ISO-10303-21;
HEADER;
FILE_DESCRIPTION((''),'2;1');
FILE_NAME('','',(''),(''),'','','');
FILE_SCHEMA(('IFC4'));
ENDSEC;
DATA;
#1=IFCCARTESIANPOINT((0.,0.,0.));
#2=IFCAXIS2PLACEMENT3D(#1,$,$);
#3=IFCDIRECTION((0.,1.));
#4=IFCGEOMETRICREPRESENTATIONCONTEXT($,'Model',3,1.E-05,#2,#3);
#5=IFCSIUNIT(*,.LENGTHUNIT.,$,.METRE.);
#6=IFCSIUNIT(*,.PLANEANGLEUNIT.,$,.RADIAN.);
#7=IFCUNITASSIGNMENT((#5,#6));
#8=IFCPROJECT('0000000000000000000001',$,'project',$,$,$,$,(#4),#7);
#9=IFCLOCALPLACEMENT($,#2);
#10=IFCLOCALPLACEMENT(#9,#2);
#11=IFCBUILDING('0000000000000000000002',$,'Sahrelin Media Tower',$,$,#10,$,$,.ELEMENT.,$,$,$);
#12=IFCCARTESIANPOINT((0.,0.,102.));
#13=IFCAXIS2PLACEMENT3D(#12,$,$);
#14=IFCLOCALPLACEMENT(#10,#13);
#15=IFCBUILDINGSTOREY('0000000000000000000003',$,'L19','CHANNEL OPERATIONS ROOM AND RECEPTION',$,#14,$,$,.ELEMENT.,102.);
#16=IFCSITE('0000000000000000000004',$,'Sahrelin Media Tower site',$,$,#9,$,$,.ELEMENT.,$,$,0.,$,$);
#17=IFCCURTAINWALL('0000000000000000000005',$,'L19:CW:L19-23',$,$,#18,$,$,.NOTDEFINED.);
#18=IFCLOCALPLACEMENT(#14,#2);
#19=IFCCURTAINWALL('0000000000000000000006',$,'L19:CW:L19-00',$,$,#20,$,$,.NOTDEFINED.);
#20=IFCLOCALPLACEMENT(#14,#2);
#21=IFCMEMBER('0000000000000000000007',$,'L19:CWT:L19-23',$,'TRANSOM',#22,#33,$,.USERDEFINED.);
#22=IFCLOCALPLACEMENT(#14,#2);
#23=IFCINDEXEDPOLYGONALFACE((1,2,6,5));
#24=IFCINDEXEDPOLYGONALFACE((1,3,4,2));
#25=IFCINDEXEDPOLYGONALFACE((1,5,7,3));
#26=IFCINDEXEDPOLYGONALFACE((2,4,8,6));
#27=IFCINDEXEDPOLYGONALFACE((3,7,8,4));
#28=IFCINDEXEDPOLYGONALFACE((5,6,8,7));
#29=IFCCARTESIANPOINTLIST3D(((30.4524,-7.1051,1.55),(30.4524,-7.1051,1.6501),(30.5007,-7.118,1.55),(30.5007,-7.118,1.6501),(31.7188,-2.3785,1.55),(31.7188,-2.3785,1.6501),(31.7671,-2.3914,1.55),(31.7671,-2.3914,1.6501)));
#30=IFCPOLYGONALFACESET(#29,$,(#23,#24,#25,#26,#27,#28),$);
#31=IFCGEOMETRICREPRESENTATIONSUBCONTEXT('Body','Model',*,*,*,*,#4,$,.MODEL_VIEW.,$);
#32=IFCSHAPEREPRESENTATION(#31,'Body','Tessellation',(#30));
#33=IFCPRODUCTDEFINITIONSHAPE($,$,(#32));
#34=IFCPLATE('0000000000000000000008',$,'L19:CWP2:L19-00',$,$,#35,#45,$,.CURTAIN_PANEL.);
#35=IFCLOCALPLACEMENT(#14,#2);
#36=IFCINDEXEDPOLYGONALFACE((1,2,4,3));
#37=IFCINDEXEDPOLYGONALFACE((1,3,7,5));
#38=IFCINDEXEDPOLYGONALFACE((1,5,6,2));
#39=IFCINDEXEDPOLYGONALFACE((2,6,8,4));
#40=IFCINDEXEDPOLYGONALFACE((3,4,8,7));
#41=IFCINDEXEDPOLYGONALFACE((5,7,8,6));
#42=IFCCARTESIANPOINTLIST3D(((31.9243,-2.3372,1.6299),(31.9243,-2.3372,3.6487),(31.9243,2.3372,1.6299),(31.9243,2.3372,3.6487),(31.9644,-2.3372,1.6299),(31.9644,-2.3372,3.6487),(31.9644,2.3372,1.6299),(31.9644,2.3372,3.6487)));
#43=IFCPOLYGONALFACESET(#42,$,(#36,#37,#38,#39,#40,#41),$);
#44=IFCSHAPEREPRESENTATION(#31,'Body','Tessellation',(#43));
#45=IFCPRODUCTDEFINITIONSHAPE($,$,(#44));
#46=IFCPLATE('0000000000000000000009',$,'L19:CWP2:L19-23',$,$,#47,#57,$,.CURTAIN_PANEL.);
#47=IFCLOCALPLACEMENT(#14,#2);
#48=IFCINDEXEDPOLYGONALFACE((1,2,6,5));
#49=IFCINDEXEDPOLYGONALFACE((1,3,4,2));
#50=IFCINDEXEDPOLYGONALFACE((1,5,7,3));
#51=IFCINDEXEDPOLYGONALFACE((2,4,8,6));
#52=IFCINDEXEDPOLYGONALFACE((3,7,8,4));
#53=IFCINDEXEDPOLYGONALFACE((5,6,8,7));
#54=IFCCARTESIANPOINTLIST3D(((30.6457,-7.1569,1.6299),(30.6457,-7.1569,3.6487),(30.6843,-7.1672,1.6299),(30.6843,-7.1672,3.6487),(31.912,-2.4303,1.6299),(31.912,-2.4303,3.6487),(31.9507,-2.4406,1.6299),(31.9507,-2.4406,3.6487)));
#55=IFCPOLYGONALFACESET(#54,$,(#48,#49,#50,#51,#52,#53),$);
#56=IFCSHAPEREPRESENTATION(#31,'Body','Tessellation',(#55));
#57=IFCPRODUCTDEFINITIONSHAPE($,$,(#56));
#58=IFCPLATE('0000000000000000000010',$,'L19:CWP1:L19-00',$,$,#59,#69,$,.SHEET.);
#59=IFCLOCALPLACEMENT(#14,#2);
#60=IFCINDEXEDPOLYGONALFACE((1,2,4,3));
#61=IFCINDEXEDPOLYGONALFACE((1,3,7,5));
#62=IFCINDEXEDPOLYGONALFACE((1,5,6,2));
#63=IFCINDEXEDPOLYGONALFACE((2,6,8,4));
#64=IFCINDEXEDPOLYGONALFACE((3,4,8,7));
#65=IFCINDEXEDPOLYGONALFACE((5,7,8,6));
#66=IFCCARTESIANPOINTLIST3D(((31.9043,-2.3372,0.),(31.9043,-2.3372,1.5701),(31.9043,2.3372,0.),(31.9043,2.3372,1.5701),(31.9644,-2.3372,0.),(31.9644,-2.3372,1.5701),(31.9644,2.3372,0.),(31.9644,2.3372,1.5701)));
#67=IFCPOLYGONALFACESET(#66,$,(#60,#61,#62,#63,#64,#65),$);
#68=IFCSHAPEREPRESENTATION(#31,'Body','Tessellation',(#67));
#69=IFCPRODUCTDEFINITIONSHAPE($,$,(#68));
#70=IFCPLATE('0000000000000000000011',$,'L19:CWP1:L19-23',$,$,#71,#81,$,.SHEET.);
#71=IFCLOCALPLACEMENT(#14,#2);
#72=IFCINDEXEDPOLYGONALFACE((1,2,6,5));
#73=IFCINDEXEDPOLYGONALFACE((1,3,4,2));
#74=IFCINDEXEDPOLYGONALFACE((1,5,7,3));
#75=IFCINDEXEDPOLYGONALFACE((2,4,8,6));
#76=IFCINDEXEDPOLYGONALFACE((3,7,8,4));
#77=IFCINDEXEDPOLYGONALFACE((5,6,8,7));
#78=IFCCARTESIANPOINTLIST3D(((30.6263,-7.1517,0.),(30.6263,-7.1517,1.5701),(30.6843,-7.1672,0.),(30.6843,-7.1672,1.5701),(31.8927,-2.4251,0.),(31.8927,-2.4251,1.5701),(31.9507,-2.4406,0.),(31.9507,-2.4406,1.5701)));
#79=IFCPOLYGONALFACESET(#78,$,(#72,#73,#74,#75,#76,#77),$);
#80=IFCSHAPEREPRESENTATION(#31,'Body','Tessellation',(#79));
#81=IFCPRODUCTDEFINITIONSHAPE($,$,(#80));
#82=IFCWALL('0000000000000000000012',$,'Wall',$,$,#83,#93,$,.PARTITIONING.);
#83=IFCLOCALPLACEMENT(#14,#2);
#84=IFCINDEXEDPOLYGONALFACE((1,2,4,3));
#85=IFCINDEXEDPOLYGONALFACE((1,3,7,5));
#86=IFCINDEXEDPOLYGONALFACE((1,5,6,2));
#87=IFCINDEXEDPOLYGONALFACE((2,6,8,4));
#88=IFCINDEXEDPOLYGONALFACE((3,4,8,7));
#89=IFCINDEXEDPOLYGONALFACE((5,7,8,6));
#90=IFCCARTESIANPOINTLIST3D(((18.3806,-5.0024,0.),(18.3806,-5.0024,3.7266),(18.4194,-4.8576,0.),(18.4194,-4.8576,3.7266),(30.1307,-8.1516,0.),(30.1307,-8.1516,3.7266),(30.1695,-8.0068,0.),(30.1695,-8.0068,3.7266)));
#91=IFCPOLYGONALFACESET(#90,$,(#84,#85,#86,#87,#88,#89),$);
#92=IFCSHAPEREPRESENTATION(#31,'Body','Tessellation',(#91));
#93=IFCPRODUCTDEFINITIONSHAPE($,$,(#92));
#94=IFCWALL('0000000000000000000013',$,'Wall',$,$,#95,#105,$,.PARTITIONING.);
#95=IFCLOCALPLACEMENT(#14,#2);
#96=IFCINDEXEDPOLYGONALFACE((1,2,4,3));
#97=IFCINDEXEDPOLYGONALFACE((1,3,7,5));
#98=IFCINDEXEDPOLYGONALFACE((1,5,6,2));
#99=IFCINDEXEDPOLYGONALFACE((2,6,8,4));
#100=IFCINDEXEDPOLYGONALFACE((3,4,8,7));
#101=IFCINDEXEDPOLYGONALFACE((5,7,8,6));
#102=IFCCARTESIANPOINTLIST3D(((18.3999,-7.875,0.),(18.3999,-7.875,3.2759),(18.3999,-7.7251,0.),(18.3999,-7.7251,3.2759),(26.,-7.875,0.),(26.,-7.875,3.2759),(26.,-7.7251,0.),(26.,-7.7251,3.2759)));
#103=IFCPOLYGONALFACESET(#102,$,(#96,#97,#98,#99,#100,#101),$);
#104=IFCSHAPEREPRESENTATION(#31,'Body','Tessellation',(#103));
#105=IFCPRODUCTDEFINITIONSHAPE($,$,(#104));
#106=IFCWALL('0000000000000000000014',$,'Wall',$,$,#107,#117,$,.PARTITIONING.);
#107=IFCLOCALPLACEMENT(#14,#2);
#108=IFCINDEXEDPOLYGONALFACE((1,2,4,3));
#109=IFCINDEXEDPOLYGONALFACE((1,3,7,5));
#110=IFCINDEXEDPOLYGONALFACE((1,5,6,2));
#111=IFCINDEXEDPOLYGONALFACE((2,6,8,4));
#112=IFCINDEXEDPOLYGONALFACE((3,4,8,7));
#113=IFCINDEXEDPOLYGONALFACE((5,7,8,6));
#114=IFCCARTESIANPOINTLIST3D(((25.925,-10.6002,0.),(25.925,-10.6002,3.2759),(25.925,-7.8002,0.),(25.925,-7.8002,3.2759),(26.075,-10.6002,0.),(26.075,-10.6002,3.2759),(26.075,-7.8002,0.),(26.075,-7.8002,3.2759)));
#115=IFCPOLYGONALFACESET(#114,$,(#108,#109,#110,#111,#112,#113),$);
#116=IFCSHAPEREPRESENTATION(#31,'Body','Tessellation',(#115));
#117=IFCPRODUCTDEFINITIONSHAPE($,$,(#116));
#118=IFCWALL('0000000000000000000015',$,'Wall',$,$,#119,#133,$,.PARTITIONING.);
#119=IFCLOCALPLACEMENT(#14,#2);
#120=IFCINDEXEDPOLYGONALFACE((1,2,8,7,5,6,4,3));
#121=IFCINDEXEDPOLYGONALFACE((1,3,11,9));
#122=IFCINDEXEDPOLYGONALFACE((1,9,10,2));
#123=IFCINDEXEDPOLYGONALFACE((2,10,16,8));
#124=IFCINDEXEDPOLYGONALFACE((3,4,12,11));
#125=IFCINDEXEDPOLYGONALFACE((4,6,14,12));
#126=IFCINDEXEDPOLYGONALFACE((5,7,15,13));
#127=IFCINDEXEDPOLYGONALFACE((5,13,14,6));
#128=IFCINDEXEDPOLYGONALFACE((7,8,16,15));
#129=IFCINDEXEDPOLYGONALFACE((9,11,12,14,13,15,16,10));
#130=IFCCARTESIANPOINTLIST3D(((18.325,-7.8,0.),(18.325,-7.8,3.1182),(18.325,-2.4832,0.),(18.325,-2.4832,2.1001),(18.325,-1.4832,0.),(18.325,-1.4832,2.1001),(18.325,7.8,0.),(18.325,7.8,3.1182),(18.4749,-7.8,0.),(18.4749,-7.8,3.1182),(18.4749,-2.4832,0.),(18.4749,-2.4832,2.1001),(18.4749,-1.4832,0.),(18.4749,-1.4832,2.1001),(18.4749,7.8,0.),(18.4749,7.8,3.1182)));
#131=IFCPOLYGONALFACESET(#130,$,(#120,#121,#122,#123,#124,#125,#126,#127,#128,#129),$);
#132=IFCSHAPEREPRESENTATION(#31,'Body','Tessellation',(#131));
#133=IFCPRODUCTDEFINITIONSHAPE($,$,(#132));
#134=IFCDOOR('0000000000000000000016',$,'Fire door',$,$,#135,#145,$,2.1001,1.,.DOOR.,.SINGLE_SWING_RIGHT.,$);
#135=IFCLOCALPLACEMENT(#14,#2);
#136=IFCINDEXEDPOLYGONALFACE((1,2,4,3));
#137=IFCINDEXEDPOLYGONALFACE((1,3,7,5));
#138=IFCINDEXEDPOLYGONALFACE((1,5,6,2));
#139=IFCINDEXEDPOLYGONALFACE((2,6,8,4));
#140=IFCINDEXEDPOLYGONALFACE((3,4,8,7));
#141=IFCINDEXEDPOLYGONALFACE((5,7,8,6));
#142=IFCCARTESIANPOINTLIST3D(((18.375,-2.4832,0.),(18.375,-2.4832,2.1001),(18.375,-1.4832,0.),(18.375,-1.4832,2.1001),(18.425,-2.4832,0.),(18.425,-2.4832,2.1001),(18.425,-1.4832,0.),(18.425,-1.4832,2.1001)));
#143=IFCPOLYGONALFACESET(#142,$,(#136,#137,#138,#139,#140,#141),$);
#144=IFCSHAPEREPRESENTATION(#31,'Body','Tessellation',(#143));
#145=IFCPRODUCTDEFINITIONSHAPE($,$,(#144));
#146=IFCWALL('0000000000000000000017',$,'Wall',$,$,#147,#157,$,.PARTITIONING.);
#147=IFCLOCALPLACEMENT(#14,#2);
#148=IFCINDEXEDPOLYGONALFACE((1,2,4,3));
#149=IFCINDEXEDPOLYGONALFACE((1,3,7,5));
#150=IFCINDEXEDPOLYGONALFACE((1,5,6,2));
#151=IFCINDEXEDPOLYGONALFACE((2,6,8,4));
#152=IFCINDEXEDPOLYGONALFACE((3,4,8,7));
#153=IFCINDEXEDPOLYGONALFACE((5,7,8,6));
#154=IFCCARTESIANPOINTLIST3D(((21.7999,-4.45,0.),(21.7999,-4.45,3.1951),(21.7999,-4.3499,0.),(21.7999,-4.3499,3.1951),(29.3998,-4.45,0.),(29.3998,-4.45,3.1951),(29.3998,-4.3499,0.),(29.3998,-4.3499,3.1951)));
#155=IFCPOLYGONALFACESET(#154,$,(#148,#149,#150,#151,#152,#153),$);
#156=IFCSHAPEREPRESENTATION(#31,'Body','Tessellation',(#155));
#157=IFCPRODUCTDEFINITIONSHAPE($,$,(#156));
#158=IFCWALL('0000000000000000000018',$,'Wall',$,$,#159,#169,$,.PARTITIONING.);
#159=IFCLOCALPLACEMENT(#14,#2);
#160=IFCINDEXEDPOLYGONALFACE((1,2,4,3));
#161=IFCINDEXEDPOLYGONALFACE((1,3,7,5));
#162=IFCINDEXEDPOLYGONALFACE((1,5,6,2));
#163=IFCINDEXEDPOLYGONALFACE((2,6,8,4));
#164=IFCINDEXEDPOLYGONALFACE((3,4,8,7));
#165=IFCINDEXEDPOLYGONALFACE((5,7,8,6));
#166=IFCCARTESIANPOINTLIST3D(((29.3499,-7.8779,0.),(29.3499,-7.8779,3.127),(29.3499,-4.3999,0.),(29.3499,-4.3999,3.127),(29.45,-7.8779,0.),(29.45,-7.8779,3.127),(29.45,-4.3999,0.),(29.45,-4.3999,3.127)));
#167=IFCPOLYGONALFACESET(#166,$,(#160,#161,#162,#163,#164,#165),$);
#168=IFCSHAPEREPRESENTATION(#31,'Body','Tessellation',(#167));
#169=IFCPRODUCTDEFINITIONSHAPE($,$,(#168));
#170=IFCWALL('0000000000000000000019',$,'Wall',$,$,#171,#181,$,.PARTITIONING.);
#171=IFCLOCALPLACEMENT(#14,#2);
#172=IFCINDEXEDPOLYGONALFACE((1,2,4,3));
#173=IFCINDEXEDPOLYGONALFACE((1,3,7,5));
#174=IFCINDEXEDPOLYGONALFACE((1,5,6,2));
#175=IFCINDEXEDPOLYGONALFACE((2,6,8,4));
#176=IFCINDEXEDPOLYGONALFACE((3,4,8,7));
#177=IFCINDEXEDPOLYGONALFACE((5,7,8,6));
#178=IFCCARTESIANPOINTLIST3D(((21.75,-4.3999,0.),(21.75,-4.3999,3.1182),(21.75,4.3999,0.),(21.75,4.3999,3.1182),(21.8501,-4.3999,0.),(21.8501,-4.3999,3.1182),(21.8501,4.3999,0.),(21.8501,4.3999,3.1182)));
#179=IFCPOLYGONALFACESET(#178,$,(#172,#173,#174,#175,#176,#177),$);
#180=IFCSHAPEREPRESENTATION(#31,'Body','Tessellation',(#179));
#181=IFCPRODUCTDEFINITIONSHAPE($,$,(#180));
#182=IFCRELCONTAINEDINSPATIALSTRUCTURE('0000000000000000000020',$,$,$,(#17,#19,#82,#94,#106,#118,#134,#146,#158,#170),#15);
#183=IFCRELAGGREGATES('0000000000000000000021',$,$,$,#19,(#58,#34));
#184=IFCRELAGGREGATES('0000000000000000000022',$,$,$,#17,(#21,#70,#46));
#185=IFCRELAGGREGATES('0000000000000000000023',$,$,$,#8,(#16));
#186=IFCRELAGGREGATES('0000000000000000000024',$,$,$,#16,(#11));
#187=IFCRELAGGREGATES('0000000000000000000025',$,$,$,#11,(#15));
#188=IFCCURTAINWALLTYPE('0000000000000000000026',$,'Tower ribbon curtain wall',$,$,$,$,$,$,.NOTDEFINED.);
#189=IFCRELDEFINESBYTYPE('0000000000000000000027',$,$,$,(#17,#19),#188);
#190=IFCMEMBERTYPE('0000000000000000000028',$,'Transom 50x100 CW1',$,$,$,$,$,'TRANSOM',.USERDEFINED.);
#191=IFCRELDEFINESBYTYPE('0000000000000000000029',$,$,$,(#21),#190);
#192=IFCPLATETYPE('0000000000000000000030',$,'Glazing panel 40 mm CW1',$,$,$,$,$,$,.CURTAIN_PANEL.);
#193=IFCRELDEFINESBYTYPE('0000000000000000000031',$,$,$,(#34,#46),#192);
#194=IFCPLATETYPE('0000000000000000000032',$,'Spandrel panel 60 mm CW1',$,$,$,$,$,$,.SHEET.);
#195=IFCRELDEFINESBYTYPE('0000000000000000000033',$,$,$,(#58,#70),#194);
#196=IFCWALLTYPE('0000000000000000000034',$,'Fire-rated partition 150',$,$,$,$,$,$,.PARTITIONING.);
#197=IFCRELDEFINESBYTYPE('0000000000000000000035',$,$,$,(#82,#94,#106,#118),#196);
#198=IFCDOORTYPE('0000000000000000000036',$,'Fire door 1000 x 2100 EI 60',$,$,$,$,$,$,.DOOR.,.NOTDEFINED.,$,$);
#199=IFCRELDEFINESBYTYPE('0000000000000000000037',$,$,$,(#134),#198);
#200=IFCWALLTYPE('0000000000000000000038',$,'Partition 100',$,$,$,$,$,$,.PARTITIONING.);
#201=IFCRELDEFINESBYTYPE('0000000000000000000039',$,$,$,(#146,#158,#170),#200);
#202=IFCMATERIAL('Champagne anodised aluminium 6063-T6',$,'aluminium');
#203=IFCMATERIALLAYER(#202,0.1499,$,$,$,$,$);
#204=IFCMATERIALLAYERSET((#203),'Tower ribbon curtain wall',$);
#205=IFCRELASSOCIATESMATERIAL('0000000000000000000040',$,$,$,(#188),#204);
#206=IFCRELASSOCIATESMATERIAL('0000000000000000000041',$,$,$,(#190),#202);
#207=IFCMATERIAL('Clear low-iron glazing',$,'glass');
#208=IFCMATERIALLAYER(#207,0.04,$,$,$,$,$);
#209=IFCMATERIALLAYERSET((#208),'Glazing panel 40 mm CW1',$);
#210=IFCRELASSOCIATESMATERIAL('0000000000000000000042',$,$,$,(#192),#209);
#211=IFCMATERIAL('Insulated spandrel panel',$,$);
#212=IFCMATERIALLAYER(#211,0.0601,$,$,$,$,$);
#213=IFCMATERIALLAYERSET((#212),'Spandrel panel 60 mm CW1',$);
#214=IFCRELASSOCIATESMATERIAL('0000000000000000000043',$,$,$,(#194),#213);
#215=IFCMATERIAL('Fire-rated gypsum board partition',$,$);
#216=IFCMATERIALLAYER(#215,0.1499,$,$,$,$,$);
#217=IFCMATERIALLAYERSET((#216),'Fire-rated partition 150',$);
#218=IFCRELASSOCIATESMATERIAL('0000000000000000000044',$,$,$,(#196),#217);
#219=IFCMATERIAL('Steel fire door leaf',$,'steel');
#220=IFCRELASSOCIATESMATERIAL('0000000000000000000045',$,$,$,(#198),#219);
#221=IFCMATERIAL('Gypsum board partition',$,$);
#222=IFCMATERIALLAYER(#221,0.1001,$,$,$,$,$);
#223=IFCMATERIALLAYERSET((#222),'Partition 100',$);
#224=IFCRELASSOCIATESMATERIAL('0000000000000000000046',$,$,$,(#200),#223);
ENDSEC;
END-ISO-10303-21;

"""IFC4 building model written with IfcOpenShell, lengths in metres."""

from ifc_helpers import new_model, si_unit, direction, frame, frame_2d, origin, origin_2d, place, context, subcontext, project, spatial, polyline, rectangle, outline, extrude, material, layer, layer_set, material_profile, profile_set, type_object, element, fill, aggregate, save


model = new_model("IFC4")

# Units and contexts
model_context = context("Model", 3, precision=1e-05, world=origin(), true_north=direction((0.0, 1.0)))
body_context = subcontext(model_context, "Body", "Model", "MODEL_VIEW")
ifc_project = project(units=[si_unit("LENGTHUNIT", "METRE"), si_unit("PLANEANGLEUNIT", "RADIAN")], contexts=[model_context])

# Site, building, storey
site_placement = place(None, origin())
site = spatial("IfcSite", under=ifc_project, at=site_placement, Name="Sahrelin Media Tower site", CompositionType="ELEMENT", RefElevation=0.0)
building_placement = place(site_placement, origin())
building = spatial("IfcBuilding", under=site, at=building_placement, Name="Sahrelin Media Tower", CompositionType="ELEMENT")
storey_placement = place(building_placement, frame((0.0, 0.0, 102.0)))
storey = spatial("IfcBuildingStorey", under=building, at=storey_placement, Name="L19", Description="CHANNEL OPERATIONS ROOM AND RECEPTION", CompositionType="ELEMENT", Elevation=102.0)

# Curtain wall
ifc_material_1 = material(Name="Champagne anodised aluminium 6063-T6", Category="aluminium")
ifc_layer_1 = layer(ifc_material_1, 0.1499)
ifc_layer_set_1 = layer_set([ifc_layer_1], Name="Tower ribbon curtain wall")
curtain_wall_type = type_object("IfcCurtainWallType", Name="Tower ribbon curtain wall", PredefinedType="NOTDEFINED", material=ifc_layer_set_1)
curtain_wall_1_placement = place(storey_placement, frame((31.2981, -4.7988, 0.0), z_axis=(0.0, 0.0, 1.0), x_axis=(1.0, 0.0, 0.0)))
curtain_wall_1 = element("IfcCurtainWall", 1, at=curtain_wall_1_placement, inside=storey, type_object=curtain_wall_type, Name="L19:CW:L19-23", PredefinedType="NOTDEFINED")

# Curtain wall
curtain_wall_2_placement = place(storey_placement, frame((31.9443, 0.0, 0.0), z_axis=(0.0, 0.0, 1.0), x_axis=(1.0, 0.0, 0.0)))
curtain_wall_2 = element("IfcCurtainWall", 2, at=curtain_wall_2_placement, inside=storey, type_object=curtain_wall_type, Name="L19:CW:L19-00", PredefinedType="NOTDEFINED")
ifc_material_profile_1 = material_profile(ifc_material_1, rectangle(XDim=0.05, YDim=0.1001, at=origin_2d()), Name="Transom 50x100")
ifc_profile_set_1 = profile_set([ifc_material_profile_1], Name="Champagne anodised aluminium 6063-T6")
member_type_1 = type_object("IfcMemberType", Name="Transom 50x100 CW1", ElementType="TRANSOM", PredefinedType="USERDEFINED", material=ifc_profile_set_1)

# Member
member_1_placement = place(storey_placement, frame((30.4766, -7.1116, 1.6001), z_axis=(0.258796, 0.965932, 0.0), x_axis=(-0.965932, 0.258796, 0.0)))
member_1 = element("IfcMember", 3, at=member_1_placement, type_object=member_type_1, Name="L19:CWT:L19-23", ObjectType="TRANSOM", PredefinedType="USERDEFINED", context=body_context, shape_type="SweptSolid", body=[
    extrude(rectangle(XDim=0.05, YDim=0.1001, at=origin_2d()), origin(), (0.0, 0.0, 1.0), 4.8933),
])

# Plates
ifc_material_2 = material(Name="Clear low-iron glazing", Category="glass")
ifc_layer_2 = layer(ifc_material_2, 0.04)
ifc_layer_set_2 = layer_set([ifc_layer_2], Name="Glazing panel 40 mm CW1")
plate_type_1 = type_object("IfcPlateType", Name="Glazing panel 40 mm CW1", PredefinedType="CURTAIN_PANEL", material=ifc_layer_set_2)
plate_1_placement = place(storey_placement, frame((31.9644, -2.3372, 1.6299), z_axis=(1.0, 0.0, 0.0), x_axis=(0.0, 1.0, 0.0)))
plate_1 = element("IfcPlate", 4, at=plate_1_placement, type_object=plate_type_1, Name="L19:CWP2:L19-00", PredefinedType="CURTAIN_PANEL", context=body_context, shape_type="SweptSolid", body=[
    extrude(outline(polyline([(0.0, 0.0), (4.6743, 0.0), (4.6743, 2.0188), (0.0, 2.0188), (0.0, 0.0)])), origin(), (0.0, 0.0, -1.0), 0.04),
])
plate_2_placement = place(storey_placement, frame((30.6843, -7.1672, 1.6299), z_axis=(0.965932, -0.258796, 0.0), x_axis=(0.258796, 0.965932, 0.0)))
plate_2 = element("IfcPlate", 5, at=plate_2_placement, type_object=plate_type_1, Name="L19:CWP2:L19-23", PredefinedType="CURTAIN_PANEL", context=body_context, shape_type="SweptSolid", body=[
    extrude(outline(polyline([(0.0, 0.0), (4.8933, 0.0), (4.8933, 2.0188), (0.0, 2.0188), (0.0, 0.0)])), origin(), (0.0, 0.0, -1.0), 0.04),
])
ifc_material_3 = material(Name="Insulated spandrel panel")
ifc_layer_3 = layer(ifc_material_3, 0.0601)
ifc_layer_set_3 = layer_set([ifc_layer_3], Name="Spandrel panel 60 mm CW1")
plate_type_2 = type_object("IfcPlateType", Name="Spandrel panel 60 mm CW1", PredefinedType="SHEET", material=ifc_layer_set_3)
plate_3_placement = place(storey_placement, frame((31.9644, -2.3372, 0.0), z_axis=(1.0, 0.0, 0.0), x_axis=(0.0, 1.0, 0.0)))
plate_3 = element("IfcPlate", 6, at=plate_3_placement, type_object=plate_type_2, Name="L19:CWP1:L19-00", PredefinedType="SHEET", context=body_context, shape_type="SweptSolid", body=[
    extrude(outline(polyline([(0.0, 0.0), (4.6743, 0.0), (4.6743, 1.5701), (0.0, 1.5701), (0.0, 0.0)])), origin(), (0.0, 0.0, -1.0), 0.0601),
])
aggregate(curtain_wall_2, [plate_3, plate_1])
plate_4_placement = place(storey_placement, frame((30.6843, -7.1672, 0.0), z_axis=(0.965932, -0.258796, 0.0), x_axis=(0.258796, 0.965932, 0.0)))
plate_4 = element("IfcPlate", 7, at=plate_4_placement, type_object=plate_type_2, Name="L19:CWP1:L19-23", PredefinedType="SHEET", context=body_context, shape_type="SweptSolid", body=[
    extrude(outline(polyline([(0.0, 0.0), (4.8933, 0.0), (4.8933, 1.5701), (0.0, 1.5701), (0.0, 0.0)])), origin(), (0.0, 0.0, -1.0), 0.0601),
])
aggregate(curtain_wall_1, [member_1, plate_4, plate_2])

# Walls
ifc_material_4 = material(Name="Fire-rated gypsum board partition")
ifc_layer_4 = layer(ifc_material_4, 0.1499)
ifc_layer_set_4 = layer_set([ifc_layer_4], Name="Fire-rated partition 150")
wall_type_1 = type_object("IfcWallType", Name="Fire-rated partition 150", PredefinedType="PARTITIONING", material=ifc_layer_set_4)
wall_1_placement = place(storey_placement, frame((18.3999, -4.9299, 0.0), z_axis=(0.0, 0.0, 1.0), x_axis=(0.96591, -0.258878, 0.0)))
element("IfcWall", 8, at=wall_1_placement, inside=storey, type_object=wall_type_1, Name="Wall", PredefinedType="PARTITIONING", context=body_context, shape_type="SweptSolid", body=[
    extrude(rectangle(XDim=12.1648, YDim=0.1499, at=frame_2d((6.0825, 0.0))), origin(), (0.0, 0.0, 1.0), 3.7266),
])
wall_2_placement = place(storey_placement, frame((18.3999, -7.8, 0.0), z_axis=(0.0, 0.0, 1.0), x_axis=(1.0, 0.0, 0.0)))
element("IfcWall", 9, at=wall_2_placement, inside=storey, type_object=wall_type_1, Name="Wall", PredefinedType="PARTITIONING", context=body_context, shape_type="SweptSolid", body=[
    extrude(rectangle(XDim=7.6001, YDim=0.1499, at=frame_2d((3.8, 0.0))), origin(), (0.0, 0.0, 1.0), 3.2759),
])
wall_3_placement = place(storey_placement, frame((26.0, -10.6001, 0.0), z_axis=(0.0, 0.0, 1.0), x_axis=(0.0, 1.0, 0.0)))
element("IfcWall", 10, at=wall_3_placement, inside=storey, type_object=wall_type_1, Name="Wall", PredefinedType="PARTITIONING", context=body_context, shape_type="SweptSolid", body=[
    extrude(rectangle(XDim=2.8, YDim=0.1499, at=frame_2d((1.3999, 0.0))), origin(), (0.0, 0.0, 1.0), 3.2759),
])

# Wall, opening, door
wall_4_placement = place(storey_placement, frame((18.3999, -7.8, 0.0), z_axis=(0.0, 0.0, 1.0), x_axis=(0.0, 1.0, 0.0)))
wall_4 = element("IfcWall", 11, at=wall_4_placement, inside=storey, type_object=wall_type_1, Name="Wall", PredefinedType="PARTITIONING", context=body_context, shape_type="SweptSolid", body=[
    extrude(rectangle(XDim=15.6001, YDim=0.1499, at=frame_2d((7.8, 0.0))), origin(), (0.0, 0.0, 1.0), 3.1182),
])
opening_placement = place(wall_4_placement, frame((5.3169, 0.0, 0.0)))
opening = element("IfcOpeningElement", 12, at=opening_placement, cuts=wall_4, PredefinedType="OPENING", context=body_context, shape_type="SweptSolid", body=[
    extrude(rectangle(XDim=1.0, YDim=2.1001, at=frame_2d((0.5, 1.05))), frame((0.0, 0.075, 0.0), z_axis=(0.0, -1.0, 0.0), x_axis=(1.0, 0.0, 0.0)), (0.0, 0.0, 1.0), 0.1499),
])
ifc_material_5 = material(Name="Steel fire door leaf", Category="steel")
door_type = type_object("IfcDoorType", Name="Fire door 1000 x 2100 EI 60", OperationType="NOTDEFINED", PredefinedType="DOOR", material=ifc_material_5)
door_placement = place(opening_placement, origin())
door = element("IfcDoor", 13, at=door_placement, inside=storey, type_object=door_type, Name="Fire door", OperationType="SINGLE_SWING_RIGHT", OverallHeight=2.1001, OverallWidth=1.0, PredefinedType="DOOR", context=body_context, shape_type="SweptSolid", body=[
    extrude(rectangle(XDim=1.0, YDim=2.1001, at=frame_2d((0.5, 1.05))), frame((0.0, 0.0249, 0.0), z_axis=(0.0, -1.0, 0.0), x_axis=(1.0, 0.0, 0.0)), (0.0, 0.0, 1.0), 0.05),
])
fill(opening, door)

# Walls
ifc_material_6 = material(Name="Gypsum board partition")
ifc_layer_5 = layer(ifc_material_6, 0.1001)
ifc_layer_set_5 = layer_set([ifc_layer_5], Name="Partition 100")
wall_type_2 = type_object("IfcWallType", Name="Partition 100", PredefinedType="PARTITIONING", material=ifc_layer_set_5)
wall_5_placement = place(storey_placement, frame((21.8, -4.3999, 0.0), z_axis=(0.0, 0.0, 1.0), x_axis=(1.0, 0.0, 0.0)))
element("IfcWall", 14, at=wall_5_placement, inside=storey, type_object=wall_type_2, Name="Wall", PredefinedType="PARTITIONING", context=body_context, shape_type="SweptSolid", body=[
    extrude(rectangle(XDim=7.5999, YDim=0.1001, at=frame_2d((3.7998, 0.0))), origin(), (0.0, 0.0, 1.0), 3.1951),
])
wall_6_placement = place(storey_placement, frame((29.3999, -7.8779, 0.0), z_axis=(0.0, 0.0, 1.0), x_axis=(0.0, 1.0, 0.0)))
element("IfcWall", 15, at=wall_6_placement, inside=storey, type_object=wall_type_2, Name="Wall", PredefinedType="PARTITIONING", context=body_context, shape_type="SweptSolid", body=[
    extrude(rectangle(XDim=3.478, YDim=0.1001, at=frame_2d((1.739, 0.0))), origin(), (0.0, 0.0, 1.0), 3.127),
])
wall_7_placement = place(storey_placement, frame((21.8, -4.3999, 0.0), z_axis=(0.0, 0.0, 1.0), x_axis=(0.0, 1.0, 0.0)))
element("IfcWall", 16, at=wall_7_placement, inside=storey, type_object=wall_type_2, Name="Wall", PredefinedType="PARTITIONING", context=body_context, shape_type="SweptSolid", body=[
    extrude(rectangle(XDim=8.7998, YDim=0.1001, at=frame_2d((4.3999, 0.0))), origin(), (0.0, 0.0, 1.0), 3.1182),
])

save(model, "model.ifc")
